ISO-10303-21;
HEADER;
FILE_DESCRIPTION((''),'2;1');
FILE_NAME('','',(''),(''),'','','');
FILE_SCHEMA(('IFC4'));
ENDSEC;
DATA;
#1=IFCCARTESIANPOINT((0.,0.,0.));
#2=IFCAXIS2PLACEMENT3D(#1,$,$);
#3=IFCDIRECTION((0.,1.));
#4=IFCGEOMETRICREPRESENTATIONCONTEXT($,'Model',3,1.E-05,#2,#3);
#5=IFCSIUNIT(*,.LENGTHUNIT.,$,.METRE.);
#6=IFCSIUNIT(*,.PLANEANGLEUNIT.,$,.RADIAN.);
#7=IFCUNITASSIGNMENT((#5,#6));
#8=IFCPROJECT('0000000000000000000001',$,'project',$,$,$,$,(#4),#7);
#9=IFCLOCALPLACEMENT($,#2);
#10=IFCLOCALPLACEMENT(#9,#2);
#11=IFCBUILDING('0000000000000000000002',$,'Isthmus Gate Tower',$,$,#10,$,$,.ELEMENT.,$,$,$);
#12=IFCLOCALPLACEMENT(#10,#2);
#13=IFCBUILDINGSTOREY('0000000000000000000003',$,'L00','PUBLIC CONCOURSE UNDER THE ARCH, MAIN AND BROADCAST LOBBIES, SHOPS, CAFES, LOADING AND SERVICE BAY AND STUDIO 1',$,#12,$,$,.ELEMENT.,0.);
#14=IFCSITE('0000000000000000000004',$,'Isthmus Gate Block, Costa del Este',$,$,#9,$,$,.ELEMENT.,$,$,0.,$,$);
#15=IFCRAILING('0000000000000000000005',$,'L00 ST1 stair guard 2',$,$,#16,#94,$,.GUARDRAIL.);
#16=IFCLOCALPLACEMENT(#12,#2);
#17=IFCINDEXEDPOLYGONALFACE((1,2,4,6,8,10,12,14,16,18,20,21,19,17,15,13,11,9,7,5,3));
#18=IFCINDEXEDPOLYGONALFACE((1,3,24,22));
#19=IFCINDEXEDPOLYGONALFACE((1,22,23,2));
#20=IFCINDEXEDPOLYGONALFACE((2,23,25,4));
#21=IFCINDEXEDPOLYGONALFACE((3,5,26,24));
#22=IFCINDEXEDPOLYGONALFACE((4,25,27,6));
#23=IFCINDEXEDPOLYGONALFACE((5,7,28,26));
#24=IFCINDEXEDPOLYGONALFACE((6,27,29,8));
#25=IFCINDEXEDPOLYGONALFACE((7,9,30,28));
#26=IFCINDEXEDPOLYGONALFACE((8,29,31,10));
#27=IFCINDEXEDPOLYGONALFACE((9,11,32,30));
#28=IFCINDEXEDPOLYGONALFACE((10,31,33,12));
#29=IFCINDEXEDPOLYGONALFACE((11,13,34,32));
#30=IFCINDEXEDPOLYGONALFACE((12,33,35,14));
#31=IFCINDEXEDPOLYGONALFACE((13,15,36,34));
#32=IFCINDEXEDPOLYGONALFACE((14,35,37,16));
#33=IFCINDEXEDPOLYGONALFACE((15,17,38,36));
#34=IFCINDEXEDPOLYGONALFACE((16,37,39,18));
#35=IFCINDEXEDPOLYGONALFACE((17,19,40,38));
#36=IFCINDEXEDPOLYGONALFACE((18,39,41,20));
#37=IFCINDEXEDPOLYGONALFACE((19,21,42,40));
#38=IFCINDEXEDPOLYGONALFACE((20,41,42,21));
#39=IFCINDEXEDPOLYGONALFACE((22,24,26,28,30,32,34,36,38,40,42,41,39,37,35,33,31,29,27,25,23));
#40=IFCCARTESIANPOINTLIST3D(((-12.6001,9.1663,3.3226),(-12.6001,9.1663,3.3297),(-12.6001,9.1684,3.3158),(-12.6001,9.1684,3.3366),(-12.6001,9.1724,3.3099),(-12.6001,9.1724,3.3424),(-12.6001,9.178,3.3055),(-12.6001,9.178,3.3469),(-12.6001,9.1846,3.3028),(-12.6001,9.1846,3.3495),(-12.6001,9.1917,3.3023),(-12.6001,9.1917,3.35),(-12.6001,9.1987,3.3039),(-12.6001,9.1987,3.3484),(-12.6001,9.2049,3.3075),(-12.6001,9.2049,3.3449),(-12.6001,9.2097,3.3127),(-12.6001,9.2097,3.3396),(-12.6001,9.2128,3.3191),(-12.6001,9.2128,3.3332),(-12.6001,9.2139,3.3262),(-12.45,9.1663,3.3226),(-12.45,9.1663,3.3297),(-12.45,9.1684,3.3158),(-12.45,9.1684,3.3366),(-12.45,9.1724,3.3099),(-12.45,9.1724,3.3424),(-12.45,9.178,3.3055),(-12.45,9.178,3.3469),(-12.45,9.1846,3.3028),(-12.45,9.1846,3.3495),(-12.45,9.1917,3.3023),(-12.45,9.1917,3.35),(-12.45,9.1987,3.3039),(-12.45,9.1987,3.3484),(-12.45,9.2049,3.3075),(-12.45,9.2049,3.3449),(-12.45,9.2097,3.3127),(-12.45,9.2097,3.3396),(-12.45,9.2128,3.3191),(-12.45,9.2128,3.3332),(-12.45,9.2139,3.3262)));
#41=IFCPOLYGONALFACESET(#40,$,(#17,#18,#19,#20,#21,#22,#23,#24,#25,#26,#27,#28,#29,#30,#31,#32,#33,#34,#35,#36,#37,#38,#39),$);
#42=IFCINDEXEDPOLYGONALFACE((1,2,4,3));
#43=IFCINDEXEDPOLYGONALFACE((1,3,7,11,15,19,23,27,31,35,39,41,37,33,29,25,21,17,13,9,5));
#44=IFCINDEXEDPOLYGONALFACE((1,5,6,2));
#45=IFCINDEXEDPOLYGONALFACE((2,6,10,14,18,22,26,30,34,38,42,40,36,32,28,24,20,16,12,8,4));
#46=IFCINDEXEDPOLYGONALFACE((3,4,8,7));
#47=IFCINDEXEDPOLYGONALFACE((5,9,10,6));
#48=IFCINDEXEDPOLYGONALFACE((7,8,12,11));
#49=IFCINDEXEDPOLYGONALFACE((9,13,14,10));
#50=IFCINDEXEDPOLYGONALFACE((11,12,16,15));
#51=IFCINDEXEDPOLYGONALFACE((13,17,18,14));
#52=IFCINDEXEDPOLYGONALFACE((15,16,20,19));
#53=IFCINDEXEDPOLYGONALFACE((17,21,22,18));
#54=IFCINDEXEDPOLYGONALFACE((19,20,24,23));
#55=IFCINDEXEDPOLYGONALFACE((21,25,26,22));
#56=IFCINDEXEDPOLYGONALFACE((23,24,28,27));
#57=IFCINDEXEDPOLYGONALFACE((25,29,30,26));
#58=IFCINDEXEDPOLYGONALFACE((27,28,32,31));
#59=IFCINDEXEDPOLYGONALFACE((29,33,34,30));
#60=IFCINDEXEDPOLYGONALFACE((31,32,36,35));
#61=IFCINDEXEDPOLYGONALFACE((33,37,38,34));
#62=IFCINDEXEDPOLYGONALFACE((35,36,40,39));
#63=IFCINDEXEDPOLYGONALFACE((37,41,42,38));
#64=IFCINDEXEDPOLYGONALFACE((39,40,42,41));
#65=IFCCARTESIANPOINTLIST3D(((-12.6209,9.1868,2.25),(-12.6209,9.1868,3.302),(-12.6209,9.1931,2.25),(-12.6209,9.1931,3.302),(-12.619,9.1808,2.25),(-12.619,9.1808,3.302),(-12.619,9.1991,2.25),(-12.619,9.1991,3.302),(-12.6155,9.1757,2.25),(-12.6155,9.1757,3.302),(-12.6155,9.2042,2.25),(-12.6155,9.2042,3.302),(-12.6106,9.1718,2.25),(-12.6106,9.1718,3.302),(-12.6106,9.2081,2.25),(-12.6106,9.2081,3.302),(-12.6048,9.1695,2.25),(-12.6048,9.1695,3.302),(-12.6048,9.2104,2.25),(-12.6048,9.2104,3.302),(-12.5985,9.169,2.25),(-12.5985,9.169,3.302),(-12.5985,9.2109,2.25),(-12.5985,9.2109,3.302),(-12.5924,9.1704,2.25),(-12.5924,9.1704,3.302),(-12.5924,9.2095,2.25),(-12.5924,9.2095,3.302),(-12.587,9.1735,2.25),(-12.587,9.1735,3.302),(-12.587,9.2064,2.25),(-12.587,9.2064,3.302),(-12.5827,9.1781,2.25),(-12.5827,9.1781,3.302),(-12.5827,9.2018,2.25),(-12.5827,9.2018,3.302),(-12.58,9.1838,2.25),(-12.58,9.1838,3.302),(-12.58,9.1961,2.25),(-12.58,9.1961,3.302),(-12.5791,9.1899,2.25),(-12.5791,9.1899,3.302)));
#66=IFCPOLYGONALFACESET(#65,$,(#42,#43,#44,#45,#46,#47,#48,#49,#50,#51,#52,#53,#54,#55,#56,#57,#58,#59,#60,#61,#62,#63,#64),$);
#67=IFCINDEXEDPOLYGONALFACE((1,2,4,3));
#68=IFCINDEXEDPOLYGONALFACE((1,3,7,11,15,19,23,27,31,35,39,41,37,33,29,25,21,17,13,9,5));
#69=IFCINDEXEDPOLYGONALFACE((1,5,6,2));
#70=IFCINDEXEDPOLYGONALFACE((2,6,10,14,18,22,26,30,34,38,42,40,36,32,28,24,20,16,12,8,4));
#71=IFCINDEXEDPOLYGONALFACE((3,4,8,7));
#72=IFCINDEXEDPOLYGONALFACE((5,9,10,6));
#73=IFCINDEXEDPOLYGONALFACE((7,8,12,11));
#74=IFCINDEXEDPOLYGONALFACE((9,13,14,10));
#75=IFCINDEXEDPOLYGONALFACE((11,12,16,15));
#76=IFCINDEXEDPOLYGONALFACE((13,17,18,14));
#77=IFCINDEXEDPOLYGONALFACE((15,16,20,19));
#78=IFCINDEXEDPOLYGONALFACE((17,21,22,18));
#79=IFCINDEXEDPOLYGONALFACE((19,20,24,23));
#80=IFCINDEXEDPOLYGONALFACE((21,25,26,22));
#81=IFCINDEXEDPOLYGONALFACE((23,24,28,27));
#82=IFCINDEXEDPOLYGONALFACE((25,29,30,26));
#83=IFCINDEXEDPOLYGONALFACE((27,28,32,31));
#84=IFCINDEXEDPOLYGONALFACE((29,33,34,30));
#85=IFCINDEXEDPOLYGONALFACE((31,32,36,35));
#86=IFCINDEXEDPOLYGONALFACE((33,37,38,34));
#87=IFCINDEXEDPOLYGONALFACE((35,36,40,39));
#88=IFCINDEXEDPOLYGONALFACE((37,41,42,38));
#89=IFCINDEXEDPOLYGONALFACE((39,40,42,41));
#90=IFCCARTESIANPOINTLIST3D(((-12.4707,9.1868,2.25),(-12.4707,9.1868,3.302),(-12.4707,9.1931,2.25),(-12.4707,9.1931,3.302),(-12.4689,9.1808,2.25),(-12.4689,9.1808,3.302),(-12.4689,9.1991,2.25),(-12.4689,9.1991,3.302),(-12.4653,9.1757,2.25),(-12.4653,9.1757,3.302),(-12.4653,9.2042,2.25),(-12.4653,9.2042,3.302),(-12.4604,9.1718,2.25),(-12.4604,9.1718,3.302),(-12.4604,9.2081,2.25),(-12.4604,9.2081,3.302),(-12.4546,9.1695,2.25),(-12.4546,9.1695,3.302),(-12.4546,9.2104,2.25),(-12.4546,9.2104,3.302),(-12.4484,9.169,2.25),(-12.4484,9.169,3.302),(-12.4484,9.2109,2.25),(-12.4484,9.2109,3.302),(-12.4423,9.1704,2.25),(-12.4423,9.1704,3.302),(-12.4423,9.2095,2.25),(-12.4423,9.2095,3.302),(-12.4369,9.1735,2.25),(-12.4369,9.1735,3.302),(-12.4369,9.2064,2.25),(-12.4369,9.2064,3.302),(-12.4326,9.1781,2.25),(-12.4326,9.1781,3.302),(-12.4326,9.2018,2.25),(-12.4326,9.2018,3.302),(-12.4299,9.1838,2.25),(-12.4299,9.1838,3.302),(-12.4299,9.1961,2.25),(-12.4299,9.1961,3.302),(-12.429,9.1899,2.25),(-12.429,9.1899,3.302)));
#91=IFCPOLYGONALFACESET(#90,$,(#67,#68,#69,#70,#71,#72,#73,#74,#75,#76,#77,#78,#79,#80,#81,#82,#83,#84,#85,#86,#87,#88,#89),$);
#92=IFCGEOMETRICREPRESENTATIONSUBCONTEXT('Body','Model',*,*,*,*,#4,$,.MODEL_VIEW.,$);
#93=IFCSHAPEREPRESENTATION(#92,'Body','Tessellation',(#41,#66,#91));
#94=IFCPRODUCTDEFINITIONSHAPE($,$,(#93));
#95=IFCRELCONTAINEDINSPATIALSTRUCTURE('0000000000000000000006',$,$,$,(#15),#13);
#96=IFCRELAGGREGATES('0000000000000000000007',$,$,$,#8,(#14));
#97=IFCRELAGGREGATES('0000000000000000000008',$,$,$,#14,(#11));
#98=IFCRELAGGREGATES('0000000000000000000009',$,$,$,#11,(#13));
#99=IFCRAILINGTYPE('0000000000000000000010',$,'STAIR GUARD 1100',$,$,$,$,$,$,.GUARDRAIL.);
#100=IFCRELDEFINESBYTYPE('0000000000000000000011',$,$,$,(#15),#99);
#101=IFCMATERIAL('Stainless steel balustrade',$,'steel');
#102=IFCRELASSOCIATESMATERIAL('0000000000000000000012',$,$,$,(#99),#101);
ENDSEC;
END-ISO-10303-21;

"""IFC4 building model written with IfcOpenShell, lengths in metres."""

from ifc_helpers import new_model, si_unit, direction, frame, origin, origin_2d, place, context, subcontext, project, spatial, circle, extrude, material, type_object, element, save


model = new_model("IFC4")

# Units and contexts
model_context = context("Model", 3, precision=1e-05, world=origin(), true_north=direction((0.0, 1.0)))
body_context = subcontext(model_context, "Body", "Model", "MODEL_VIEW")
ifc_project = project(units=[si_unit("LENGTHUNIT", "METRE"), si_unit("PLANEANGLEUNIT", "RADIAN")], contexts=[model_context])

# Site, building, storey
site_placement = place(None, origin())
site = spatial("IfcSite", under=ifc_project, at=site_placement, Name="Isthmus Gate Block, Costa del Este", CompositionType="ELEMENT", RefElevation=0.0)
building_placement = place(site_placement, origin())
building = spatial("IfcBuilding", under=site, at=building_placement, Name="Isthmus Gate Tower", CompositionType="ELEMENT")
storey_placement = place(building_placement, origin())
storey = spatial("IfcBuildingStorey", under=building, at=storey_placement, Name="L00", Description="PUBLIC CONCOURSE UNDER THE ARCH, MAIN AND BROADCAST LOBBIES, SHOPS, CAFES, LOADING AND SERVICE BAY AND STUDIO 1", CompositionType="ELEMENT", Elevation=0.0)

# Railing
ifc_material_1 = material(Name="Stainless steel balustrade", Category="steel")
railing_type_1 = type_object("IfcRailingType", Name="STAIR GUARD 1100", PredefinedType="GUARDRAIL", material=ifc_material_1)
railing_1_placement = place(storey_placement, frame((-12.6001, 9.1899, 2.25)))
element("IfcRailing", 1, at=railing_1_placement, inside=storey, type_object=railing_type_1, Name="L00 ST1 stair guard 2", PredefinedType="GUARDRAIL", context=body_context, shape_type="SweptSolid", body=[
    extrude(circle(Radius=0.0239, at=origin_2d()), frame((0.0, 0.0, 1.0762), z_axis=(1.0, 0.0, 0.0), x_axis=(0.0, 1.0, 0.0)), (0.0, 0.0, 1.0), 0.1501),
    extrude(circle(Radius=0.021, at=origin_2d()), origin(), (0.0, 0.0, 1.0), 1.052),
    extrude(circle(Radius=0.021, at=origin_2d()), frame((0.1501, 0.0, 0.0)), (0.0, 0.0, 1.0), 1.052),
])

save(model, "model.ifc")
